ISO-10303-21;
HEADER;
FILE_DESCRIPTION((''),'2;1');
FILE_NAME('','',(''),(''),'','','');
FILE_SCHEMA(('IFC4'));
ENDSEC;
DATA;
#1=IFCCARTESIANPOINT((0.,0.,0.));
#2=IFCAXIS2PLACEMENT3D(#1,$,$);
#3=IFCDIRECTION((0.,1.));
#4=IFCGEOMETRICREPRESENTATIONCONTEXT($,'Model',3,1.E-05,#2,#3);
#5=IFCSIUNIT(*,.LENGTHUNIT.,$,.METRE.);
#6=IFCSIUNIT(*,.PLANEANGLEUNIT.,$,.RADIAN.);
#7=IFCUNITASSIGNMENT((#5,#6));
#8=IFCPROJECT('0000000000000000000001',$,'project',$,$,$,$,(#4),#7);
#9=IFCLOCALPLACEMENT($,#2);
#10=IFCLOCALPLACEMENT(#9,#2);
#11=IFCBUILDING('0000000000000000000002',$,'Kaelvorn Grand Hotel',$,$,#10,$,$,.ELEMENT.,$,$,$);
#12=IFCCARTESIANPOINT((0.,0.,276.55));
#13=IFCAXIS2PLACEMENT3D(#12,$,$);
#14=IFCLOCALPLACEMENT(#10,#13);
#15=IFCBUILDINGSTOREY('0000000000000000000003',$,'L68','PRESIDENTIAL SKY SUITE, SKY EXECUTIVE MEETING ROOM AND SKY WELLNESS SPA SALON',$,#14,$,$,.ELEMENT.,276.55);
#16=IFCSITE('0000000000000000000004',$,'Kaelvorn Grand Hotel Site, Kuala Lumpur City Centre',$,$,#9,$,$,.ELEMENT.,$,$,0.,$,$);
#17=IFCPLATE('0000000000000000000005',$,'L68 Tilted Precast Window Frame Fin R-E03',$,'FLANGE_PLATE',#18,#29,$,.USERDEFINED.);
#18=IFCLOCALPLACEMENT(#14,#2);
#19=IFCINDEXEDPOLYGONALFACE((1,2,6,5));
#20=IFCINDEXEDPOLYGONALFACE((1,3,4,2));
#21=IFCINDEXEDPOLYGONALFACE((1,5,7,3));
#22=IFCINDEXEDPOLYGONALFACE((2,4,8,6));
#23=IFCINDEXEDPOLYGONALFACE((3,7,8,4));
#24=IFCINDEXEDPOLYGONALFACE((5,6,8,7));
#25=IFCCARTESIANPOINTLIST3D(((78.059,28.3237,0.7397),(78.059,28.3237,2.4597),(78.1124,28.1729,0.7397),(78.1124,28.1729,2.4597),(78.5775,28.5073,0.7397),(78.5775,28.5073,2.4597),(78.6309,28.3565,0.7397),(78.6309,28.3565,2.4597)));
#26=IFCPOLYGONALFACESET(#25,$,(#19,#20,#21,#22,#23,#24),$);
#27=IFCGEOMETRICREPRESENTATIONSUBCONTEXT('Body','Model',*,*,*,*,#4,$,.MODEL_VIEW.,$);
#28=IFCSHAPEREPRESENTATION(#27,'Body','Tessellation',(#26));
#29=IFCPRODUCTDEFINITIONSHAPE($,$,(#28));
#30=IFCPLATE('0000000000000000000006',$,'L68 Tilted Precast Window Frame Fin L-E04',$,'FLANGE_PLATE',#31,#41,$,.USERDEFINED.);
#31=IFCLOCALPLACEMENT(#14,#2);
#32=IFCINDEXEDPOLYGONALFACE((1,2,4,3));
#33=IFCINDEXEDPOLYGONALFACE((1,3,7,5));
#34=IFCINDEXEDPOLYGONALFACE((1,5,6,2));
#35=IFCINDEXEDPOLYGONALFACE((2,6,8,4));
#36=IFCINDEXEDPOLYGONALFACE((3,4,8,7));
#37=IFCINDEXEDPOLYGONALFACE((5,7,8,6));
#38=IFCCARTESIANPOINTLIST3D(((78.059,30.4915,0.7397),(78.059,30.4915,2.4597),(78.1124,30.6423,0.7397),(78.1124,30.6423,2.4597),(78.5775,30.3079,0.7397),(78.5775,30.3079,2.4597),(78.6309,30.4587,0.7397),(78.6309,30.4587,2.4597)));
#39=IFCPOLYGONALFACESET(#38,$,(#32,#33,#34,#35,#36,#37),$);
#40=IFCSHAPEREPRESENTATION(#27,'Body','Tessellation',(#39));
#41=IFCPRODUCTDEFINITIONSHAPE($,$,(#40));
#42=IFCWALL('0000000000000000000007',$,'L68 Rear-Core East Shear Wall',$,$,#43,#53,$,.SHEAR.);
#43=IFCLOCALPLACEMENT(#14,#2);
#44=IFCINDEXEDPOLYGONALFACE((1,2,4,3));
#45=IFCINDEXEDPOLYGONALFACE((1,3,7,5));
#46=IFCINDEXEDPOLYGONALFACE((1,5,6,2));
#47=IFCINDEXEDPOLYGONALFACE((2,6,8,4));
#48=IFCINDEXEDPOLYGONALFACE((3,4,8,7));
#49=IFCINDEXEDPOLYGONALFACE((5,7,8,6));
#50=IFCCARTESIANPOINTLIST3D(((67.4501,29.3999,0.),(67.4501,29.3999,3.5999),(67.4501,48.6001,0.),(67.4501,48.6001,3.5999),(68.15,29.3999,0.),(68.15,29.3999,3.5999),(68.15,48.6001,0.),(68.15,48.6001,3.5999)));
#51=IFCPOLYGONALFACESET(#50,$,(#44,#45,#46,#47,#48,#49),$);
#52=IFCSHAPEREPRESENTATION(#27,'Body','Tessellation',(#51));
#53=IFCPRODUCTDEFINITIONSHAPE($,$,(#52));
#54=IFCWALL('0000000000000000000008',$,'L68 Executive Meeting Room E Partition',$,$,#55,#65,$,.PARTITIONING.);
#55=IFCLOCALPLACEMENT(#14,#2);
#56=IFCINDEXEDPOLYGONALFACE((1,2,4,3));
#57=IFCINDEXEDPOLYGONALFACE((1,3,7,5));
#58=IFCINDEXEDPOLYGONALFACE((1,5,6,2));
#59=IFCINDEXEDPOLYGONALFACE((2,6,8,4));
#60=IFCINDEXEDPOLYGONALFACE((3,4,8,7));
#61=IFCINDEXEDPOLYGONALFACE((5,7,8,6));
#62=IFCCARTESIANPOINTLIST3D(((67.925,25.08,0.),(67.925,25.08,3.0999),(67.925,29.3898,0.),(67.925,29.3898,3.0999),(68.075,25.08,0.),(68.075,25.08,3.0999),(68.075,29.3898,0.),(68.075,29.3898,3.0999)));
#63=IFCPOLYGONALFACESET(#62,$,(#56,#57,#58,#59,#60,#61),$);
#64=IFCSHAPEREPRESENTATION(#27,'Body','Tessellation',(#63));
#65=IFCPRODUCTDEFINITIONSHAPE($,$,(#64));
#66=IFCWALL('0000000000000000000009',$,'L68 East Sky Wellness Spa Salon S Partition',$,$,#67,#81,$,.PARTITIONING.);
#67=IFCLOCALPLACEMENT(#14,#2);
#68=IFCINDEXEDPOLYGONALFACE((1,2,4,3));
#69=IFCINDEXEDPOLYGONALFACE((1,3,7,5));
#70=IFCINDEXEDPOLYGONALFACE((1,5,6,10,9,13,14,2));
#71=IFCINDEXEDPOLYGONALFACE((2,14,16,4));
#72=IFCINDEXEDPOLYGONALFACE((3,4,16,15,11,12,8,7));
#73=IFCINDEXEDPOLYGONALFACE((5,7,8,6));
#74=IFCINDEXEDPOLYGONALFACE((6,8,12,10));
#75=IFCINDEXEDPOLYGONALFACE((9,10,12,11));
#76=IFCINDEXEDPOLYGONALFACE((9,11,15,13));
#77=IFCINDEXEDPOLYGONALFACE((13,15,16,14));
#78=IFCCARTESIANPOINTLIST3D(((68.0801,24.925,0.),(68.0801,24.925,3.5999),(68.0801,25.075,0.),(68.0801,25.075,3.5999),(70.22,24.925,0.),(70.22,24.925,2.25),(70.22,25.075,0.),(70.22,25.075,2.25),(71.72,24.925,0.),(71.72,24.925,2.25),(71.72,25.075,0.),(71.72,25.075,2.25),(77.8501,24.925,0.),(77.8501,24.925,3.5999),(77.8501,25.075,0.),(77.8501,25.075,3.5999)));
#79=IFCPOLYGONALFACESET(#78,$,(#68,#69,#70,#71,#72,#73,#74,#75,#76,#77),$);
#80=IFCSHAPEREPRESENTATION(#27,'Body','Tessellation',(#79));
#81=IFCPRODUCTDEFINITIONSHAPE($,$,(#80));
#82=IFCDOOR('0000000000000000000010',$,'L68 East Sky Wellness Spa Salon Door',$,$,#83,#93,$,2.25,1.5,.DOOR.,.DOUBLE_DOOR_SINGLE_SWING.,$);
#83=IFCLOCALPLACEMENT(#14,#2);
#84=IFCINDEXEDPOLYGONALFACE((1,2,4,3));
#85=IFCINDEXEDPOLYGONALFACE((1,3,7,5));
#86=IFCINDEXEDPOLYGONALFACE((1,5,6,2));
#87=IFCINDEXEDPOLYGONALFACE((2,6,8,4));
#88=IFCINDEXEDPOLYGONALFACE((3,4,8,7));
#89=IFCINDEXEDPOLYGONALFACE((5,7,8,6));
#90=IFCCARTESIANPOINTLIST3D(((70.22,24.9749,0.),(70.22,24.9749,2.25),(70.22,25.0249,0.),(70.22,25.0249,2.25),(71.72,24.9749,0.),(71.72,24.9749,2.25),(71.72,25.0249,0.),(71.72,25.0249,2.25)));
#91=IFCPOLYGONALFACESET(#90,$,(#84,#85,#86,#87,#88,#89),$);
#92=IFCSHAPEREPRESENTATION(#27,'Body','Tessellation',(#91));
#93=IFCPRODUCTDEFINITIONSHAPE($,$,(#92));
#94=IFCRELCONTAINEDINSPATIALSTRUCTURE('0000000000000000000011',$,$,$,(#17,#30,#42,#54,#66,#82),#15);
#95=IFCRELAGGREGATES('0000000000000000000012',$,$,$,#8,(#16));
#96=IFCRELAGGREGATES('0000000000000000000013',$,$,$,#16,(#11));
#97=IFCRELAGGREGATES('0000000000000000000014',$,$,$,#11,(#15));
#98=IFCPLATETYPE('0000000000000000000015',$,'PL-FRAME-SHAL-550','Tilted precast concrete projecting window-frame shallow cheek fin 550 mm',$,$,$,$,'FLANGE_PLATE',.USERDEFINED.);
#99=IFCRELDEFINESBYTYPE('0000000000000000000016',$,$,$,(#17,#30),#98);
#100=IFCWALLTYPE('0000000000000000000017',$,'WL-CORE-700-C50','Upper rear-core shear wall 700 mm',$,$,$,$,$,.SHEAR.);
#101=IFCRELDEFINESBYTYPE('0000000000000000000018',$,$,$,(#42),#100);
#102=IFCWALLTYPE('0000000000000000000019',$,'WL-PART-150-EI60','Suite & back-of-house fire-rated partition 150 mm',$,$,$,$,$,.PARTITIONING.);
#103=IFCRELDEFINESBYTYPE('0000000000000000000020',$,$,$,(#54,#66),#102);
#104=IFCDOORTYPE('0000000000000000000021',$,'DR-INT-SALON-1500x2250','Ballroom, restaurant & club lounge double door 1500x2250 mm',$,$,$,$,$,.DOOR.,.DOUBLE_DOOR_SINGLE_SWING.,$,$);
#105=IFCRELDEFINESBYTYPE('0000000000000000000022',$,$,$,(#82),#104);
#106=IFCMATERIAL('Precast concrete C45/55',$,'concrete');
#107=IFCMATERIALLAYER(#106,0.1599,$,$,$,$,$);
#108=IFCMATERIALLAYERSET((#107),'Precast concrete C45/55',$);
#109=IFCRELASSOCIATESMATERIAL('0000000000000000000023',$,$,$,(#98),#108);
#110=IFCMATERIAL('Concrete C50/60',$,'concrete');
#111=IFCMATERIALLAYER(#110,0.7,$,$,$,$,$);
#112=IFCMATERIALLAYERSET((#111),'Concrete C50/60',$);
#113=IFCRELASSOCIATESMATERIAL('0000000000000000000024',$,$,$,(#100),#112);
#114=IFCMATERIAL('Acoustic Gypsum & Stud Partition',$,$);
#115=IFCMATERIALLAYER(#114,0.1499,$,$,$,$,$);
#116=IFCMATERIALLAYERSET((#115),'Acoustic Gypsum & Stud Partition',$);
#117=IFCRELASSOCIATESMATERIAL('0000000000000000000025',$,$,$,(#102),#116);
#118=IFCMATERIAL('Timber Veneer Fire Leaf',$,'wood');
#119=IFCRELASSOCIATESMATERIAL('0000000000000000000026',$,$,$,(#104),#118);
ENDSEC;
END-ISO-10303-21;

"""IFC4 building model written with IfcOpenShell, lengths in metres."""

from ifc_helpers import new_model, si_unit, direction, frame, frame_2d, origin, origin_2d, place, context, subcontext, project, spatial, rectangle, extrude, material, layer, layer_set, type_object, element, fill, save


model = new_model("IFC4")

# Units and contexts
model_context = context("Model", 3, precision=1e-05, world=origin(), true_north=direction((0.0, 1.0)))
body_context = subcontext(model_context, "Body", "Model", "MODEL_VIEW")
ifc_project = project(units=[si_unit("LENGTHUNIT", "METRE"), si_unit("PLANEANGLEUNIT", "RADIAN")], contexts=[model_context])

# Site, building, storey
site_placement = place(None, origin())
site = spatial("IfcSite", under=ifc_project, at=site_placement, Name="Kaelvorn Grand Hotel Site, Kuala Lumpur City Centre", CompositionType="ELEMENT", RefElevation=0.0)
building_placement = place(site_placement, origin())
building = spatial("IfcBuilding", under=site, at=building_placement, Name="Kaelvorn Grand Hotel", CompositionType="ELEMENT")
storey_placement = place(building_placement, frame((0.0, 0.0, 276.55)))
storey = spatial("IfcBuildingStorey", under=building, at=storey_placement, Name="L68", Description="PRESIDENTIAL SKY SUITE, SKY EXECUTIVE MEETING ROOM AND SKY WELLNESS SPA SALON", CompositionType="ELEMENT", Elevation=276.55)

# Shared definitions
ifc_material_1 = material(Name="Concrete C50/60", Category="concrete")

# Plates
ifc_material_2 = material(Name="Precast concrete C45/55", Category="concrete")
ifc_layer_1 = layer(ifc_material_2, 0.1599)
ifc_layer_set_1 = layer_set([ifc_layer_1], Name="Precast concrete C45/55")
plate_type_1 = type_object("IfcPlateType", Name="PL-FRAME-SHAL-550", Description="Tilted precast concrete projecting window-frame shallow cheek fin 550 mm", ElementType="FLANGE_PLATE", PredefinedType="USERDEFINED", material=ifc_layer_set_1)
for number, where, z_axis, x_axis, name in (
    (1, (78.345, 28.3401, 0.7397), (0.0, 0.0, 1.0), (-0.333807, 0.942641, 0.0), "L68 Tilted Precast Window Frame Fin R-E03"),
    (2, (78.345, 30.4751, 0.7397), (0.0, 0.0, 1.0), (0.333807, 0.942641, 0.0), "L68 Tilted Precast Window Frame Fin L-E04"),
):
    element("IfcPlate", number, at=place(storey_placement, frame(where, z_axis=z_axis, x_axis=x_axis)), inside=storey, type_object=plate_type_1, Name=name, ObjectType="FLANGE_PLATE", PredefinedType="USERDEFINED", context=body_context, shape_type="SweptSolid", body=[
        extrude(rectangle(XDim=0.1599, YDim=0.55, at=origin_2d()), origin(), (0.0, 0.0, 1.0), 1.72),
    ])

# Walls
ifc_layer_2 = layer(ifc_material_1, 0.7)
ifc_layer_set_2 = layer_set([ifc_layer_2], Name="Concrete C50/60")
wall_type_1 = type_object("IfcWallType", Name="WL-CORE-700-C50", Description="Upper rear-core shear wall 700 mm", PredefinedType="SHEAR", material=ifc_layer_set_2)
wall_1_placement = place(storey_placement, frame((67.8, 29.3999, 0.0), z_axis=(0.0, 0.0, 1.0), x_axis=(0.0, 1.0, 0.0)))
element("IfcWall", 3, at=wall_1_placement, inside=storey, type_object=wall_type_1, Name="L68 Rear-Core East Shear Wall", PredefinedType="SHEAR", context=body_context, shape_type="SweptSolid", body=[
    extrude(rectangle(XDim=19.2002, YDim=0.7, at=frame_2d((9.6001, 0.0))), origin(), (0.0, 0.0, 1.0), 3.5999),
])
ifc_material_3 = material(Name="Acoustic Gypsum & Stud Partition")
ifc_layer_3 = layer(ifc_material_3, 0.1499)
ifc_layer_set_3 = layer_set([ifc_layer_3], Name="Acoustic Gypsum & Stud Partition")
wall_type_2 = type_object("IfcWallType", Name="WL-PART-150-EI60", Description="Suite & back-of-house fire-rated partition 150 mm", PredefinedType="PARTITIONING", material=ifc_layer_set_3)
wall_2_placement = place(storey_placement, frame((68.0, 25.0801, 0.0), z_axis=(0.0, 0.0, 1.0), x_axis=(0.0, 1.0, 0.0)))
element("IfcWall", 4, at=wall_2_placement, inside=storey, type_object=wall_type_2, Name="L68 Executive Meeting Room E Partition", PredefinedType="PARTITIONING", context=body_context, shape_type="SweptSolid", body=[
    extrude(rectangle(XDim=4.3098, YDim=0.1499, at=frame_2d((2.1548, 0.0))), origin(), (0.0, 0.0, 1.0), 3.0999),
])

# Wall, opening, door
wall_3_placement = place(storey_placement, frame((68.0801, 25.0, 0.0), z_axis=(0.0, 0.0, 1.0), x_axis=(1.0, 0.0, 0.0)))
wall_3 = element("IfcWall", 5, at=wall_3_placement, inside=storey, type_object=wall_type_2, Name="L68 East Sky Wellness Spa Salon S Partition", PredefinedType="PARTITIONING", context=body_context, shape_type="SweptSolid", body=[
    extrude(rectangle(XDim=9.77, YDim=0.1499, at=frame_2d((4.885, 0.0))), origin(), (0.0, 0.0, 1.0), 3.5999),
])
opening_placement = place(wall_3_placement, frame((2.1399, 0.0, 0.0)))
opening = element("IfcOpeningElement", 6, at=opening_placement, cuts=wall_3, PredefinedType="OPENING", context=body_context, shape_type="SweptSolid", body=[
    extrude(rectangle(XDim=1.5, YDim=2.25, at=frame_2d((0.75, 1.125))), frame((0.0, 0.085, 0.0), z_axis=(0.0, -1.0, 0.0), x_axis=(1.0, 0.0, 0.0)), (0.0, 0.0, 1.0), 0.1699),
])
ifc_material_4 = material(Name="Timber Veneer Fire Leaf", Category="wood")
door_type = type_object("IfcDoorType", Name="DR-INT-SALON-1500x2250", Description="Ballroom, restaurant & club lounge double door 1500x2250 mm", OperationType="DOUBLE_DOOR_SINGLE_SWING", PredefinedType="DOOR", material=ifc_material_4)
door_placement = place(opening_placement, origin())
door = element("IfcDoor", 7, at=door_placement, inside=storey, type_object=door_type, Name="L68 East Sky Wellness Spa Salon Door", OperationType="DOUBLE_DOOR_SINGLE_SWING", OverallHeight=2.25, OverallWidth=1.5, PredefinedType="DOOR", context=body_context, shape_type="SweptSolid", body=[
    extrude(rectangle(XDim=1.5, YDim=2.25, at=frame_2d((0.75, 1.125))), frame((0.0, 0.0249, 0.0), z_axis=(0.0, -1.0, 0.0), x_axis=(1.0, 0.0, 0.0)), (0.0, 0.0, 1.0), 0.05),
])
fill(opening, door)

save(model, "model.ifc")
